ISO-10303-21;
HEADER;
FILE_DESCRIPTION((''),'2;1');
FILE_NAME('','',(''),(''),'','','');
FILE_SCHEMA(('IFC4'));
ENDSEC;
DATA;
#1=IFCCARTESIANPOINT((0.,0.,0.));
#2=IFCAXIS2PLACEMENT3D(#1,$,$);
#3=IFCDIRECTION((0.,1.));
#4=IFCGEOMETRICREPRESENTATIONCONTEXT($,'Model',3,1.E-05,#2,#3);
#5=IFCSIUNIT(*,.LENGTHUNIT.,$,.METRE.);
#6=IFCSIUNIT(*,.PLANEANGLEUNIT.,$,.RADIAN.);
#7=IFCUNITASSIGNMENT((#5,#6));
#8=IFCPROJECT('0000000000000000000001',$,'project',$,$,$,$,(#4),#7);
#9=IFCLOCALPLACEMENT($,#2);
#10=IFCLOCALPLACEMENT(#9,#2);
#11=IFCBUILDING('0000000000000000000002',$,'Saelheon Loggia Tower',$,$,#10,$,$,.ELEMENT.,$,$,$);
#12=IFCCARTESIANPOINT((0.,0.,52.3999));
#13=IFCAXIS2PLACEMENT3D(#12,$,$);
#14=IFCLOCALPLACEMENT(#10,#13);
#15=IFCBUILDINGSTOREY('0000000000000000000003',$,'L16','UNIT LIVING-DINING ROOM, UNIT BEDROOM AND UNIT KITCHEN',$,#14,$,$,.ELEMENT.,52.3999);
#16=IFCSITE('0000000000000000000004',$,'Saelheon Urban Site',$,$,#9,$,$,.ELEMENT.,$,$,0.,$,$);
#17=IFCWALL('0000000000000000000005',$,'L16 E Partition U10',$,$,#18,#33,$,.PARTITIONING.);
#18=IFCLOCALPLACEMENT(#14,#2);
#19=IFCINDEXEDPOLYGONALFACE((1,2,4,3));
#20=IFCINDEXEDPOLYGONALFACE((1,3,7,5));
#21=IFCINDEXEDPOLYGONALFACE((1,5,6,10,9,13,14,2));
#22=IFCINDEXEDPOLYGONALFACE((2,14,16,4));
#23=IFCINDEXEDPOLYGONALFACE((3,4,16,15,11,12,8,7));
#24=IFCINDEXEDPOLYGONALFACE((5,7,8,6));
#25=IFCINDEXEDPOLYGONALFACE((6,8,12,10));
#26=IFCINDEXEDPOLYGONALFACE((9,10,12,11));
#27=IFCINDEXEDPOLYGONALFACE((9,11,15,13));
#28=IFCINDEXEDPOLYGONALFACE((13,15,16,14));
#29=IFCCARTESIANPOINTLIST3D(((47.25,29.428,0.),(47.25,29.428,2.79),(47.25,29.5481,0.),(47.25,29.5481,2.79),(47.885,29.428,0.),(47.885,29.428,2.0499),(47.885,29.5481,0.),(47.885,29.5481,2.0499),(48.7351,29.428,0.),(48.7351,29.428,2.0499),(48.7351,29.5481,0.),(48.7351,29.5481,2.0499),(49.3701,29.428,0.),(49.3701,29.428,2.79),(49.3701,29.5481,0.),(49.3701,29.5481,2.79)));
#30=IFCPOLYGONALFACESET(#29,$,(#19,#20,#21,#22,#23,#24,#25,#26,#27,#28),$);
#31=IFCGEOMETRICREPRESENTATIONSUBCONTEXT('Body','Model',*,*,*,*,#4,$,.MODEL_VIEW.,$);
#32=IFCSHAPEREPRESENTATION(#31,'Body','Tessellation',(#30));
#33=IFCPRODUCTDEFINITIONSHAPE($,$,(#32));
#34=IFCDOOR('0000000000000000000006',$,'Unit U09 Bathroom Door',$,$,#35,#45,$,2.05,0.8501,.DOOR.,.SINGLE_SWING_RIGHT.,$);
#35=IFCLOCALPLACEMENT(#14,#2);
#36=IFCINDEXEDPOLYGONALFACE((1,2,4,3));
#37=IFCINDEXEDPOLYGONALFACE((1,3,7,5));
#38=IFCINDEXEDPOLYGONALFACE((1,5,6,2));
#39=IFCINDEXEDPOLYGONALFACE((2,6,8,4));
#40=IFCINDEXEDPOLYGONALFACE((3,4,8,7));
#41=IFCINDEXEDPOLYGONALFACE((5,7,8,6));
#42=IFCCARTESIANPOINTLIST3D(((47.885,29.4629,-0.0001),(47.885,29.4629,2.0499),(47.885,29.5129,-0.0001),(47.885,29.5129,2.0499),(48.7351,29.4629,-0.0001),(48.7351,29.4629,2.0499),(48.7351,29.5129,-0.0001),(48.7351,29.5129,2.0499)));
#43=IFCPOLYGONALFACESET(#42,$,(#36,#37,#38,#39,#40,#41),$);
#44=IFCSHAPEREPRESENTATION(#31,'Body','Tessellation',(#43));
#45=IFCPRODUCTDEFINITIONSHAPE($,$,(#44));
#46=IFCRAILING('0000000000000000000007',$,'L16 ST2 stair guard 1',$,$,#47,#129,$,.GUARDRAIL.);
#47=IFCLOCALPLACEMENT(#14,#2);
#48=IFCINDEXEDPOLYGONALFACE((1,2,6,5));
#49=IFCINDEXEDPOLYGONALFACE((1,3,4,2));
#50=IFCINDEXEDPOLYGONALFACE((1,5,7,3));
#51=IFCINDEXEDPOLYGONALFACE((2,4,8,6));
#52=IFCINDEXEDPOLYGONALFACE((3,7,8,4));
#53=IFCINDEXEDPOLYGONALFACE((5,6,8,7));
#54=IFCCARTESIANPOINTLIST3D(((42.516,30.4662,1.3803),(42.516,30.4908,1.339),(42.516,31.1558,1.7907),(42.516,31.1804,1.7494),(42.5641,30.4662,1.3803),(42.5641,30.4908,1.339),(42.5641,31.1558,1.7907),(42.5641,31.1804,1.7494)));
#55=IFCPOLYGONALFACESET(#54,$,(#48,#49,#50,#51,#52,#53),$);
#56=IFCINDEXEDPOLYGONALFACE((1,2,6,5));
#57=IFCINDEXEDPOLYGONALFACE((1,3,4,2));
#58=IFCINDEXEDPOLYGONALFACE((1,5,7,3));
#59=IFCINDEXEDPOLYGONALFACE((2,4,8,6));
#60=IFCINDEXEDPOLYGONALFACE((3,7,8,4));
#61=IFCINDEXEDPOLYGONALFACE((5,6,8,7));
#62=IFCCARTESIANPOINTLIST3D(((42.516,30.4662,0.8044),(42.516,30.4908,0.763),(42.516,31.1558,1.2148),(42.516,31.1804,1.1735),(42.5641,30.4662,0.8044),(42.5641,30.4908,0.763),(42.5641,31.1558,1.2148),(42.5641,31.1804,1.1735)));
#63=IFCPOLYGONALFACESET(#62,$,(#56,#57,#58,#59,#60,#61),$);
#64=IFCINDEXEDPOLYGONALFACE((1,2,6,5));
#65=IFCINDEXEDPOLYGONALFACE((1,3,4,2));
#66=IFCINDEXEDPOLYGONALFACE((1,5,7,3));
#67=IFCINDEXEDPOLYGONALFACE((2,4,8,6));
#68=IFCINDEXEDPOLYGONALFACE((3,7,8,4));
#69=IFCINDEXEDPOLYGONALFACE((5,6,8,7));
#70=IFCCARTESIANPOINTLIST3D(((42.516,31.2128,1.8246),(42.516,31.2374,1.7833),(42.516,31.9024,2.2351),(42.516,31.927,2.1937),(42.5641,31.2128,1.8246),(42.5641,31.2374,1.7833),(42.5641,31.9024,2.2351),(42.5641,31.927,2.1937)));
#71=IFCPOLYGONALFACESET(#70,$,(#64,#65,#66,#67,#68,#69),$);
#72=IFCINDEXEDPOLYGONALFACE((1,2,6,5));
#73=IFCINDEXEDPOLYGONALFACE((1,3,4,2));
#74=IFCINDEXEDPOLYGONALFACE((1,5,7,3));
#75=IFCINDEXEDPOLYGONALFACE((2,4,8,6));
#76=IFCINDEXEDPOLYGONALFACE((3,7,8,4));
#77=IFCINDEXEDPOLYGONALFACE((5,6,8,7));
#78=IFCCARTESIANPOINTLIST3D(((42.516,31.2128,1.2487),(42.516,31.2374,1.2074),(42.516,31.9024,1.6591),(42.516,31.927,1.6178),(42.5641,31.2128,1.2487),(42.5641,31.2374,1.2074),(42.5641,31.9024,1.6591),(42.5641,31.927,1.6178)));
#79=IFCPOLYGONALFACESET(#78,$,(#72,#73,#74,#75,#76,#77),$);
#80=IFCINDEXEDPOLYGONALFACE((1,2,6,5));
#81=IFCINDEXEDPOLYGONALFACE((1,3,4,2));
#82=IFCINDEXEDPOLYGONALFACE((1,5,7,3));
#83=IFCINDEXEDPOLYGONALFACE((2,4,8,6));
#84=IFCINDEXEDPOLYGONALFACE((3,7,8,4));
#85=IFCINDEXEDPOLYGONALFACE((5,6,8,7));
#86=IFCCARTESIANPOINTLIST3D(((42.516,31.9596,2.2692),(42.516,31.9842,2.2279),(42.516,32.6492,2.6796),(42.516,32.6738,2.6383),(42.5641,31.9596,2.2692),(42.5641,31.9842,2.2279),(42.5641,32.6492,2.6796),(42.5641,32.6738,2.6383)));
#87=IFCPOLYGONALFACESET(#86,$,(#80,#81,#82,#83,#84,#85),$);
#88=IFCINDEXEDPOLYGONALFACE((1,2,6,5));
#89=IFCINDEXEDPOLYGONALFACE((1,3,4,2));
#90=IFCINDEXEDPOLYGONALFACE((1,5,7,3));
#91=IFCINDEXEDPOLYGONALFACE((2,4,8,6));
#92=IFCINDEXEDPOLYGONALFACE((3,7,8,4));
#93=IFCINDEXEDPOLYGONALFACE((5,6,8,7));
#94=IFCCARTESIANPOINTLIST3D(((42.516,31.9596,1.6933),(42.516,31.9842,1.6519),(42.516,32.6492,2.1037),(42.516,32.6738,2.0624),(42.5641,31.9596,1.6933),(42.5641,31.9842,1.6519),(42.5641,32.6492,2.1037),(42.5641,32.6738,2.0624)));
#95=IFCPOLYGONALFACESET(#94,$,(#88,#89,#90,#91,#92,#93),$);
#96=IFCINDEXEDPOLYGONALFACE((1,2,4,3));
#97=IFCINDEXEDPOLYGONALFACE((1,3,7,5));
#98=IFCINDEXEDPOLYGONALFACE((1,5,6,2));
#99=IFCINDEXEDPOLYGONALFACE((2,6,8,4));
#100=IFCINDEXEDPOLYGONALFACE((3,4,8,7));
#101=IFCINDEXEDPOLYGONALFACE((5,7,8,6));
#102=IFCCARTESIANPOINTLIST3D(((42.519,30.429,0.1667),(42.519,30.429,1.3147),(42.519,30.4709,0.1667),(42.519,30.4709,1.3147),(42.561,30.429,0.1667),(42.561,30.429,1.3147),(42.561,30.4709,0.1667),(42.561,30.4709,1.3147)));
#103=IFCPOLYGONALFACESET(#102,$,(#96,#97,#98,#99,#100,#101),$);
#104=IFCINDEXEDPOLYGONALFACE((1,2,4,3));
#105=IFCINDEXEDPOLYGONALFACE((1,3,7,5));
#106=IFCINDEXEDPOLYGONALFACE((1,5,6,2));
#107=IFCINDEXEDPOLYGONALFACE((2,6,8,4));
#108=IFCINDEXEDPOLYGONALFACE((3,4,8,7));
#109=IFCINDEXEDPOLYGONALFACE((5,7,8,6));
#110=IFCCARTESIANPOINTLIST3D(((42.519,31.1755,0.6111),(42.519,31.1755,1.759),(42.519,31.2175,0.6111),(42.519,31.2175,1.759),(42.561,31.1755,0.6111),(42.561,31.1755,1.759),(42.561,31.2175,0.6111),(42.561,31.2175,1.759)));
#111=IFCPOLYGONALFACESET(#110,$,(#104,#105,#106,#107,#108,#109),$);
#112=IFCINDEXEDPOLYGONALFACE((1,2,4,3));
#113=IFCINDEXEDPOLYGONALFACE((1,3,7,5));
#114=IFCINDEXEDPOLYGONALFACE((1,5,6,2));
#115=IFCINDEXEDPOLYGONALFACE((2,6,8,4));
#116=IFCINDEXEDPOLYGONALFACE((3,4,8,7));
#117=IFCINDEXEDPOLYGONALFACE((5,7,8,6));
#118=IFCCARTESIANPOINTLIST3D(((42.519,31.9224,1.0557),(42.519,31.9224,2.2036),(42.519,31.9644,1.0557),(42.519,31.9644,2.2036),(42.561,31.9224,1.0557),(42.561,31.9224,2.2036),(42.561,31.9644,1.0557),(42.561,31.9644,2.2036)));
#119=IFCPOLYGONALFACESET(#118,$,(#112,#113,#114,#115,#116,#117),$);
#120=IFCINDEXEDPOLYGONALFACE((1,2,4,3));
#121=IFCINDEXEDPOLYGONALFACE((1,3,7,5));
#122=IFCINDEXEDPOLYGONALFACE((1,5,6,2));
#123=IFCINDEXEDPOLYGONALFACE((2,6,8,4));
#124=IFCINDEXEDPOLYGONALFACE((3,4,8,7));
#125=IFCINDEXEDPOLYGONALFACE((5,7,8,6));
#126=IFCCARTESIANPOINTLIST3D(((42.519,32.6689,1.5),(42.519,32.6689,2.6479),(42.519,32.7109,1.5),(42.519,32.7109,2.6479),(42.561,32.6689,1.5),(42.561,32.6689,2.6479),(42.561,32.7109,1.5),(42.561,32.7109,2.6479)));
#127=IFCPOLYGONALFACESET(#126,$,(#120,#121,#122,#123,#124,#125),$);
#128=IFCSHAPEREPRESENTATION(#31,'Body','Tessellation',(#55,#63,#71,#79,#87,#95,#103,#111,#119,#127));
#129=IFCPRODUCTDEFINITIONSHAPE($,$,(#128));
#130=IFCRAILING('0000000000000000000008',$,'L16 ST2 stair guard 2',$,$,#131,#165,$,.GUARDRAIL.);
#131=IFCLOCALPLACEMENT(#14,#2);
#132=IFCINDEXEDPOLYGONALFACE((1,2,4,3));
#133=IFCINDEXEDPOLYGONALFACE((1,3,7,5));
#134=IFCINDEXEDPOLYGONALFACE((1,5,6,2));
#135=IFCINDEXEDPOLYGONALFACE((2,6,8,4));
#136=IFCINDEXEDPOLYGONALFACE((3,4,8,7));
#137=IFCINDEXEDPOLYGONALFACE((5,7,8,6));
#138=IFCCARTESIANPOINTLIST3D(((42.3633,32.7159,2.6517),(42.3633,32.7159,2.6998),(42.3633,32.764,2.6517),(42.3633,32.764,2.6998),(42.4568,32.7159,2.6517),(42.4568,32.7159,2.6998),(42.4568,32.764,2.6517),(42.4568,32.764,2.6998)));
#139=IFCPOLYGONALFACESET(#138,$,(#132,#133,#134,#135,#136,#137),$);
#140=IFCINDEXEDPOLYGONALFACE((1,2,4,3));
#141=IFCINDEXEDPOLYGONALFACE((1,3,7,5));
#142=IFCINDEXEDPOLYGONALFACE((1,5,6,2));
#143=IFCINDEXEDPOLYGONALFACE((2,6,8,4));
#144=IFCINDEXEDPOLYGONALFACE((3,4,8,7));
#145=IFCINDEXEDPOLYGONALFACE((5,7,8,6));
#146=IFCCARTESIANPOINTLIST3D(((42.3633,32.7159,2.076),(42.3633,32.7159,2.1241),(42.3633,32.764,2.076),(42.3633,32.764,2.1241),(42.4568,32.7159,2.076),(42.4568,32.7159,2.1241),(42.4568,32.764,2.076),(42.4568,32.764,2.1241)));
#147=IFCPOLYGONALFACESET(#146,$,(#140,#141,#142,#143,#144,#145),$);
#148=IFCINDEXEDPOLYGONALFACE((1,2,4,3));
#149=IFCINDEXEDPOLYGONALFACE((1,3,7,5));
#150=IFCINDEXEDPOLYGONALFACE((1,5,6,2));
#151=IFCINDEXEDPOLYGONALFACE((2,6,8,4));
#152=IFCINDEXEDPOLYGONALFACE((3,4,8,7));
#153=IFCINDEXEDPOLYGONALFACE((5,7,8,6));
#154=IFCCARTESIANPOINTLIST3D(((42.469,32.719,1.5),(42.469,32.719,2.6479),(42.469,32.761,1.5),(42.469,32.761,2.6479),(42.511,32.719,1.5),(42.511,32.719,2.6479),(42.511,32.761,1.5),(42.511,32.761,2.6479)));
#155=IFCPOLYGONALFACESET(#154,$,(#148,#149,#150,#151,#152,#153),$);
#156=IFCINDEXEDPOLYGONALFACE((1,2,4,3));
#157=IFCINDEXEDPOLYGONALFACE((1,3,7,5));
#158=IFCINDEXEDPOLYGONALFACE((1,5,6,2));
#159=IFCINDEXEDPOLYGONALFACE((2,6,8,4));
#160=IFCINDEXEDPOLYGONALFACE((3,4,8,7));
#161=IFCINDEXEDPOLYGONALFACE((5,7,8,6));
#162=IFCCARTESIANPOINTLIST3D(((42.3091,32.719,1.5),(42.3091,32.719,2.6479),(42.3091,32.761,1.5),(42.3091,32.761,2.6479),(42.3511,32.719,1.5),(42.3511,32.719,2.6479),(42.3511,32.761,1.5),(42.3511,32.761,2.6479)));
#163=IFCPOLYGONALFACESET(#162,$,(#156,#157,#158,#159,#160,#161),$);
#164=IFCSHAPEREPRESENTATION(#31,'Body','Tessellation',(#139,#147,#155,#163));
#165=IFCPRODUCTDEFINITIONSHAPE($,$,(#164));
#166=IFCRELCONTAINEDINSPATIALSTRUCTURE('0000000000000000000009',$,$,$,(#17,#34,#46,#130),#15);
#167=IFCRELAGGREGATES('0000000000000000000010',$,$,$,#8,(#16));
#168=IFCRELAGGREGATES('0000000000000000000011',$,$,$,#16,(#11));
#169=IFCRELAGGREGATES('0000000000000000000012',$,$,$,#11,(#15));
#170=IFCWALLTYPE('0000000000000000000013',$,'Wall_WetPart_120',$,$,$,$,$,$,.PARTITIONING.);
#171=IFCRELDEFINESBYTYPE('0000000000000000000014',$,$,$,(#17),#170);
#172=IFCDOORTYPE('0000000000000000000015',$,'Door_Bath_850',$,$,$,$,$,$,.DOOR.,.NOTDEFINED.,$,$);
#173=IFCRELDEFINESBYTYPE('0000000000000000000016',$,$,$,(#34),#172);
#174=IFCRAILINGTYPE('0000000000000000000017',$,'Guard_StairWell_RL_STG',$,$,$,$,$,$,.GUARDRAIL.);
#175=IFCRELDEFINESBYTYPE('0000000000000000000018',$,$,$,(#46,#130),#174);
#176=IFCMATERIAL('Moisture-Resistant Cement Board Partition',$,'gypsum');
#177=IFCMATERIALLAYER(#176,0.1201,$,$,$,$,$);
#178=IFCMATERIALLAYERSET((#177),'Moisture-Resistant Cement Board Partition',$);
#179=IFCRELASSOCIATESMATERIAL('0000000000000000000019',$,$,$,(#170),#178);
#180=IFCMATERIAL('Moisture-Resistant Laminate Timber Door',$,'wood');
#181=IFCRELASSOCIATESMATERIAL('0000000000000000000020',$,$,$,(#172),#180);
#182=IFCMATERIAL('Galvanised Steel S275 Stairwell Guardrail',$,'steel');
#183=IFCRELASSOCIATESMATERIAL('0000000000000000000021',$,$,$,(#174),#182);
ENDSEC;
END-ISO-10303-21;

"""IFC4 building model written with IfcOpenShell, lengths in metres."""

from ifc_helpers import new_model, si_unit, direction, frame, frame_2d, origin, origin_2d, place, context, subcontext, project, spatial, rectangle, extrude, source, transform, mapped, material, layer, layer_set, type_object, element, fill, save


model = new_model("IFC4")

# Units and contexts
model_context = context("Model", 3, precision=1e-05, world=origin(), true_north=direction((0.0, 1.0)))
body_context = subcontext(model_context, "Body", "Model", "MODEL_VIEW")
ifc_project = project(units=[si_unit("LENGTHUNIT", "METRE"), si_unit("PLANEANGLEUNIT", "RADIAN")], contexts=[model_context])

# Site, building, storey
site_placement = place(None, origin())
site = spatial("IfcSite", under=ifc_project, at=site_placement, Name="Saelheon Urban Site", CompositionType="ELEMENT", RefElevation=0.0)
building_placement = place(site_placement, origin())
building = spatial("IfcBuilding", under=site, at=building_placement, Name="Saelheon Loggia Tower", CompositionType="ELEMENT")
storey_placement = place(building_placement, frame((0.0, 0.0, 52.3999)))
storey = spatial("IfcBuildingStorey", under=building, at=storey_placement, Name="L16", Description="UNIT LIVING-DINING ROOM, UNIT BEDROOM AND UNIT KITCHEN", CompositionType="ELEMENT", Elevation=52.3999)

# Shared definitions
ifc_material_1 = material(Name="Moisture-Resistant Cement Board Partition", Category="gypsum")
ifc_layer_1 = layer(ifc_material_1, 0.1201)
ifc_layer_set_1 = layer_set([ifc_layer_1], Name="Moisture-Resistant Cement Board Partition")
wall_type_1 = type_object("IfcWallType", Name="Wall_WetPart_120", PredefinedType="PARTITIONING", material=ifc_layer_set_1)

# Wall, opening, door
wall_1_placement = place(storey_placement, frame((47.25, 29.488, 0.0), z_axis=(0.0, 0.0, 1.0), x_axis=(1.0, 0.0, 0.0)))
wall_1 = element("IfcWall", 1, at=wall_1_placement, inside=storey, type_object=wall_type_1, Name="L16 E Partition U10", PredefinedType="PARTITIONING", context=body_context, shape_type="SweptSolid", body=[
    extrude(rectangle(XDim=2.1201, YDim=0.1201, at=frame_2d((1.0601, 0.0))), origin(), (0.0, 0.0, 1.0), 2.79),
])
opening_1_placement = place(wall_1_placement, frame((0.635, 0.0, 0.0)))
opening_1 = element("IfcOpeningElement", 2, at=opening_1_placement, cuts=wall_1, PredefinedType="OPENING", context=body_context, shape_type="SweptSolid", body=[
    extrude(rectangle(XDim=0.8501, YDim=2.05, at=frame_2d((0.425, 1.0249))), frame((0.0, 0.072, 0.0), z_axis=(0.0, -1.0, 0.0), x_axis=(1.0, 0.0, 0.0)), (0.0, 0.0, 1.0), 0.144),
])
ifc_material_2 = material(Name="Moisture-Resistant Laminate Timber Door", Category="wood")
door_type_1 = type_object("IfcDoorType", Name="Door_Bath_850", OperationType="NOTDEFINED", PredefinedType="DOOR", material=ifc_material_2)
shared_shape_1 = source(origin(), body_context, "Body", "SweptSolid", [
    extrude(rectangle(XDim=0.8501, YDim=2.05, at=frame_2d((0.425, 1.0249))), frame((0.0, 0.0249, 0.0), z_axis=(0.0, -1.0, 0.0), x_axis=(1.0, 0.0, 0.0)), (0.0, 0.0, 1.0), 0.05),
])
door_1_placement = place(opening_1_placement, origin())
door_1 = element("IfcDoor", 3, at=door_1_placement, inside=storey, type_object=door_type_1, Name="Unit U09 Bathroom Door", OperationType="SINGLE_SWING_RIGHT", OverallHeight=2.05, OverallWidth=0.8501, PredefinedType="DOOR", context=body_context, shape_type="MappedRepresentation", body=[
    mapped(shared_shape_1, transform((0.0, 0.0, 0.0), scale=1.0)),
])
fill(opening_1, door_1)

# Railings
ifc_material_3 = material(Name="Galvanised Steel S275 Stairwell Guardrail", Category="steel")
railing_type_1 = type_object("IfcRailingType", Name="Guard_StairWell_RL_STG", PredefinedType="GUARDRAIL", material=ifc_material_3)
railing_1_placement = place(storey_placement, frame((42.54, 30.45, 0.1667)))
element("IfcRailing", 4, at=railing_1_placement, inside=storey, type_object=railing_type_1, Name="L16 ST2 stair guard 1", PredefinedType="GUARDRAIL", context=body_context, shape_type="SweptSolid", body=[
    extrude(rectangle(XDim=0.0481, YDim=0.0481, at=origin_2d()), frame((0.0, 0.0286, 1.1929), z_axis=(0.0, 0.859306, 0.511462), x_axis=(-1.0, 0.0, 0.0)), (0.0, 0.0, 1.0), 0.8025),
    extrude(rectangle(XDim=0.0481, YDim=0.0481, at=origin_2d()), frame((0.0, 0.0286, 0.6169), z_axis=(0.0, 0.859306, 0.511462), x_axis=(-1.0, 0.0, 0.0)), (0.0, 0.0, 1.0), 0.8025),
    extrude(rectangle(XDim=0.0481, YDim=0.0481, at=origin_2d()), frame((0.0, 0.7751, 1.6372), z_axis=(0.0, 0.859306, 0.511462), x_axis=(-1.0, 0.0, 0.0)), (0.0, 0.0, 1.0), 0.8025),
    extrude(rectangle(XDim=0.0481, YDim=0.0481, at=origin_2d()), frame((0.0, 0.7751, 1.0613), z_axis=(0.0, 0.859306, 0.511462), x_axis=(-1.0, 0.0, 0.0)), (0.0, 0.0, 1.0), 0.8025),
    extrude(rectangle(XDim=0.0481, YDim=0.0481, at=origin_2d()), frame((0.0, 1.522, 2.0818), z_axis=(0.0, 0.859306, 0.511462), x_axis=(-1.0, 0.0, 0.0)), (0.0, 0.0, 1.0), 0.8025),
    extrude(rectangle(XDim=0.0481, YDim=0.0481, at=origin_2d()), frame((0.0, 1.522, 1.5059), z_axis=(0.0, 0.859306, 0.511462), x_axis=(-1.0, 0.0, 0.0)), (0.0, 0.0, 1.0), 0.8025),
    extrude(rectangle(XDim=0.042, YDim=0.042, at=origin_2d()), origin(), (0.0, 0.0, 1.0), 1.1479),
    extrude(rectangle(XDim=0.042, YDim=0.042, at=origin_2d()), frame((0.0, 0.7466, 0.4443)), (0.0, 0.0, 1.0), 1.1479),
    extrude(rectangle(XDim=0.042, YDim=0.042, at=origin_2d()), frame((0.0, 1.4934, 0.8889)), (0.0, 0.0, 1.0), 1.1479),
    extrude(rectangle(XDim=0.042, YDim=0.042, at=origin_2d()), frame((0.0, 2.24, 1.3333)), (0.0, 0.0, 1.0), 1.1479),
])
railing_2_placement = place(storey_placement, frame((42.49, 32.74, 1.5)))
element("IfcRailing", 5, at=railing_2_placement, inside=storey, type_object=railing_type_1, Name="L16 ST2 stair guard 2", PredefinedType="GUARDRAIL", context=body_context, shape_type="SweptSolid", body=[
    extrude(rectangle(XDim=0.0481, YDim=0.0481, at=origin_2d()), frame((-0.0332, 0.0, 1.1758), z_axis=(-1.0, 0.0, 0.0), x_axis=(0.0, -1.0, 0.0)), (0.0, 0.0, 1.0), 0.0935),
    extrude(rectangle(XDim=0.0481, YDim=0.0481, at=origin_2d()), frame((-0.0332, 0.0, 0.6001), z_axis=(-1.0, 0.0, 0.0), x_axis=(0.0, -1.0, 0.0)), (0.0, 0.0, 1.0), 0.0935),
    extrude(rectangle(XDim=0.042, YDim=0.042, at=origin_2d()), origin(), (0.0, 0.0, 1.0), 1.1479),
    extrude(rectangle(XDim=0.042, YDim=0.042, at=origin_2d()), frame((-0.1599, 0.0, 0.0)), (0.0, 0.0, 1.0), 1.1479),
])

save(model, "model.ifc")
